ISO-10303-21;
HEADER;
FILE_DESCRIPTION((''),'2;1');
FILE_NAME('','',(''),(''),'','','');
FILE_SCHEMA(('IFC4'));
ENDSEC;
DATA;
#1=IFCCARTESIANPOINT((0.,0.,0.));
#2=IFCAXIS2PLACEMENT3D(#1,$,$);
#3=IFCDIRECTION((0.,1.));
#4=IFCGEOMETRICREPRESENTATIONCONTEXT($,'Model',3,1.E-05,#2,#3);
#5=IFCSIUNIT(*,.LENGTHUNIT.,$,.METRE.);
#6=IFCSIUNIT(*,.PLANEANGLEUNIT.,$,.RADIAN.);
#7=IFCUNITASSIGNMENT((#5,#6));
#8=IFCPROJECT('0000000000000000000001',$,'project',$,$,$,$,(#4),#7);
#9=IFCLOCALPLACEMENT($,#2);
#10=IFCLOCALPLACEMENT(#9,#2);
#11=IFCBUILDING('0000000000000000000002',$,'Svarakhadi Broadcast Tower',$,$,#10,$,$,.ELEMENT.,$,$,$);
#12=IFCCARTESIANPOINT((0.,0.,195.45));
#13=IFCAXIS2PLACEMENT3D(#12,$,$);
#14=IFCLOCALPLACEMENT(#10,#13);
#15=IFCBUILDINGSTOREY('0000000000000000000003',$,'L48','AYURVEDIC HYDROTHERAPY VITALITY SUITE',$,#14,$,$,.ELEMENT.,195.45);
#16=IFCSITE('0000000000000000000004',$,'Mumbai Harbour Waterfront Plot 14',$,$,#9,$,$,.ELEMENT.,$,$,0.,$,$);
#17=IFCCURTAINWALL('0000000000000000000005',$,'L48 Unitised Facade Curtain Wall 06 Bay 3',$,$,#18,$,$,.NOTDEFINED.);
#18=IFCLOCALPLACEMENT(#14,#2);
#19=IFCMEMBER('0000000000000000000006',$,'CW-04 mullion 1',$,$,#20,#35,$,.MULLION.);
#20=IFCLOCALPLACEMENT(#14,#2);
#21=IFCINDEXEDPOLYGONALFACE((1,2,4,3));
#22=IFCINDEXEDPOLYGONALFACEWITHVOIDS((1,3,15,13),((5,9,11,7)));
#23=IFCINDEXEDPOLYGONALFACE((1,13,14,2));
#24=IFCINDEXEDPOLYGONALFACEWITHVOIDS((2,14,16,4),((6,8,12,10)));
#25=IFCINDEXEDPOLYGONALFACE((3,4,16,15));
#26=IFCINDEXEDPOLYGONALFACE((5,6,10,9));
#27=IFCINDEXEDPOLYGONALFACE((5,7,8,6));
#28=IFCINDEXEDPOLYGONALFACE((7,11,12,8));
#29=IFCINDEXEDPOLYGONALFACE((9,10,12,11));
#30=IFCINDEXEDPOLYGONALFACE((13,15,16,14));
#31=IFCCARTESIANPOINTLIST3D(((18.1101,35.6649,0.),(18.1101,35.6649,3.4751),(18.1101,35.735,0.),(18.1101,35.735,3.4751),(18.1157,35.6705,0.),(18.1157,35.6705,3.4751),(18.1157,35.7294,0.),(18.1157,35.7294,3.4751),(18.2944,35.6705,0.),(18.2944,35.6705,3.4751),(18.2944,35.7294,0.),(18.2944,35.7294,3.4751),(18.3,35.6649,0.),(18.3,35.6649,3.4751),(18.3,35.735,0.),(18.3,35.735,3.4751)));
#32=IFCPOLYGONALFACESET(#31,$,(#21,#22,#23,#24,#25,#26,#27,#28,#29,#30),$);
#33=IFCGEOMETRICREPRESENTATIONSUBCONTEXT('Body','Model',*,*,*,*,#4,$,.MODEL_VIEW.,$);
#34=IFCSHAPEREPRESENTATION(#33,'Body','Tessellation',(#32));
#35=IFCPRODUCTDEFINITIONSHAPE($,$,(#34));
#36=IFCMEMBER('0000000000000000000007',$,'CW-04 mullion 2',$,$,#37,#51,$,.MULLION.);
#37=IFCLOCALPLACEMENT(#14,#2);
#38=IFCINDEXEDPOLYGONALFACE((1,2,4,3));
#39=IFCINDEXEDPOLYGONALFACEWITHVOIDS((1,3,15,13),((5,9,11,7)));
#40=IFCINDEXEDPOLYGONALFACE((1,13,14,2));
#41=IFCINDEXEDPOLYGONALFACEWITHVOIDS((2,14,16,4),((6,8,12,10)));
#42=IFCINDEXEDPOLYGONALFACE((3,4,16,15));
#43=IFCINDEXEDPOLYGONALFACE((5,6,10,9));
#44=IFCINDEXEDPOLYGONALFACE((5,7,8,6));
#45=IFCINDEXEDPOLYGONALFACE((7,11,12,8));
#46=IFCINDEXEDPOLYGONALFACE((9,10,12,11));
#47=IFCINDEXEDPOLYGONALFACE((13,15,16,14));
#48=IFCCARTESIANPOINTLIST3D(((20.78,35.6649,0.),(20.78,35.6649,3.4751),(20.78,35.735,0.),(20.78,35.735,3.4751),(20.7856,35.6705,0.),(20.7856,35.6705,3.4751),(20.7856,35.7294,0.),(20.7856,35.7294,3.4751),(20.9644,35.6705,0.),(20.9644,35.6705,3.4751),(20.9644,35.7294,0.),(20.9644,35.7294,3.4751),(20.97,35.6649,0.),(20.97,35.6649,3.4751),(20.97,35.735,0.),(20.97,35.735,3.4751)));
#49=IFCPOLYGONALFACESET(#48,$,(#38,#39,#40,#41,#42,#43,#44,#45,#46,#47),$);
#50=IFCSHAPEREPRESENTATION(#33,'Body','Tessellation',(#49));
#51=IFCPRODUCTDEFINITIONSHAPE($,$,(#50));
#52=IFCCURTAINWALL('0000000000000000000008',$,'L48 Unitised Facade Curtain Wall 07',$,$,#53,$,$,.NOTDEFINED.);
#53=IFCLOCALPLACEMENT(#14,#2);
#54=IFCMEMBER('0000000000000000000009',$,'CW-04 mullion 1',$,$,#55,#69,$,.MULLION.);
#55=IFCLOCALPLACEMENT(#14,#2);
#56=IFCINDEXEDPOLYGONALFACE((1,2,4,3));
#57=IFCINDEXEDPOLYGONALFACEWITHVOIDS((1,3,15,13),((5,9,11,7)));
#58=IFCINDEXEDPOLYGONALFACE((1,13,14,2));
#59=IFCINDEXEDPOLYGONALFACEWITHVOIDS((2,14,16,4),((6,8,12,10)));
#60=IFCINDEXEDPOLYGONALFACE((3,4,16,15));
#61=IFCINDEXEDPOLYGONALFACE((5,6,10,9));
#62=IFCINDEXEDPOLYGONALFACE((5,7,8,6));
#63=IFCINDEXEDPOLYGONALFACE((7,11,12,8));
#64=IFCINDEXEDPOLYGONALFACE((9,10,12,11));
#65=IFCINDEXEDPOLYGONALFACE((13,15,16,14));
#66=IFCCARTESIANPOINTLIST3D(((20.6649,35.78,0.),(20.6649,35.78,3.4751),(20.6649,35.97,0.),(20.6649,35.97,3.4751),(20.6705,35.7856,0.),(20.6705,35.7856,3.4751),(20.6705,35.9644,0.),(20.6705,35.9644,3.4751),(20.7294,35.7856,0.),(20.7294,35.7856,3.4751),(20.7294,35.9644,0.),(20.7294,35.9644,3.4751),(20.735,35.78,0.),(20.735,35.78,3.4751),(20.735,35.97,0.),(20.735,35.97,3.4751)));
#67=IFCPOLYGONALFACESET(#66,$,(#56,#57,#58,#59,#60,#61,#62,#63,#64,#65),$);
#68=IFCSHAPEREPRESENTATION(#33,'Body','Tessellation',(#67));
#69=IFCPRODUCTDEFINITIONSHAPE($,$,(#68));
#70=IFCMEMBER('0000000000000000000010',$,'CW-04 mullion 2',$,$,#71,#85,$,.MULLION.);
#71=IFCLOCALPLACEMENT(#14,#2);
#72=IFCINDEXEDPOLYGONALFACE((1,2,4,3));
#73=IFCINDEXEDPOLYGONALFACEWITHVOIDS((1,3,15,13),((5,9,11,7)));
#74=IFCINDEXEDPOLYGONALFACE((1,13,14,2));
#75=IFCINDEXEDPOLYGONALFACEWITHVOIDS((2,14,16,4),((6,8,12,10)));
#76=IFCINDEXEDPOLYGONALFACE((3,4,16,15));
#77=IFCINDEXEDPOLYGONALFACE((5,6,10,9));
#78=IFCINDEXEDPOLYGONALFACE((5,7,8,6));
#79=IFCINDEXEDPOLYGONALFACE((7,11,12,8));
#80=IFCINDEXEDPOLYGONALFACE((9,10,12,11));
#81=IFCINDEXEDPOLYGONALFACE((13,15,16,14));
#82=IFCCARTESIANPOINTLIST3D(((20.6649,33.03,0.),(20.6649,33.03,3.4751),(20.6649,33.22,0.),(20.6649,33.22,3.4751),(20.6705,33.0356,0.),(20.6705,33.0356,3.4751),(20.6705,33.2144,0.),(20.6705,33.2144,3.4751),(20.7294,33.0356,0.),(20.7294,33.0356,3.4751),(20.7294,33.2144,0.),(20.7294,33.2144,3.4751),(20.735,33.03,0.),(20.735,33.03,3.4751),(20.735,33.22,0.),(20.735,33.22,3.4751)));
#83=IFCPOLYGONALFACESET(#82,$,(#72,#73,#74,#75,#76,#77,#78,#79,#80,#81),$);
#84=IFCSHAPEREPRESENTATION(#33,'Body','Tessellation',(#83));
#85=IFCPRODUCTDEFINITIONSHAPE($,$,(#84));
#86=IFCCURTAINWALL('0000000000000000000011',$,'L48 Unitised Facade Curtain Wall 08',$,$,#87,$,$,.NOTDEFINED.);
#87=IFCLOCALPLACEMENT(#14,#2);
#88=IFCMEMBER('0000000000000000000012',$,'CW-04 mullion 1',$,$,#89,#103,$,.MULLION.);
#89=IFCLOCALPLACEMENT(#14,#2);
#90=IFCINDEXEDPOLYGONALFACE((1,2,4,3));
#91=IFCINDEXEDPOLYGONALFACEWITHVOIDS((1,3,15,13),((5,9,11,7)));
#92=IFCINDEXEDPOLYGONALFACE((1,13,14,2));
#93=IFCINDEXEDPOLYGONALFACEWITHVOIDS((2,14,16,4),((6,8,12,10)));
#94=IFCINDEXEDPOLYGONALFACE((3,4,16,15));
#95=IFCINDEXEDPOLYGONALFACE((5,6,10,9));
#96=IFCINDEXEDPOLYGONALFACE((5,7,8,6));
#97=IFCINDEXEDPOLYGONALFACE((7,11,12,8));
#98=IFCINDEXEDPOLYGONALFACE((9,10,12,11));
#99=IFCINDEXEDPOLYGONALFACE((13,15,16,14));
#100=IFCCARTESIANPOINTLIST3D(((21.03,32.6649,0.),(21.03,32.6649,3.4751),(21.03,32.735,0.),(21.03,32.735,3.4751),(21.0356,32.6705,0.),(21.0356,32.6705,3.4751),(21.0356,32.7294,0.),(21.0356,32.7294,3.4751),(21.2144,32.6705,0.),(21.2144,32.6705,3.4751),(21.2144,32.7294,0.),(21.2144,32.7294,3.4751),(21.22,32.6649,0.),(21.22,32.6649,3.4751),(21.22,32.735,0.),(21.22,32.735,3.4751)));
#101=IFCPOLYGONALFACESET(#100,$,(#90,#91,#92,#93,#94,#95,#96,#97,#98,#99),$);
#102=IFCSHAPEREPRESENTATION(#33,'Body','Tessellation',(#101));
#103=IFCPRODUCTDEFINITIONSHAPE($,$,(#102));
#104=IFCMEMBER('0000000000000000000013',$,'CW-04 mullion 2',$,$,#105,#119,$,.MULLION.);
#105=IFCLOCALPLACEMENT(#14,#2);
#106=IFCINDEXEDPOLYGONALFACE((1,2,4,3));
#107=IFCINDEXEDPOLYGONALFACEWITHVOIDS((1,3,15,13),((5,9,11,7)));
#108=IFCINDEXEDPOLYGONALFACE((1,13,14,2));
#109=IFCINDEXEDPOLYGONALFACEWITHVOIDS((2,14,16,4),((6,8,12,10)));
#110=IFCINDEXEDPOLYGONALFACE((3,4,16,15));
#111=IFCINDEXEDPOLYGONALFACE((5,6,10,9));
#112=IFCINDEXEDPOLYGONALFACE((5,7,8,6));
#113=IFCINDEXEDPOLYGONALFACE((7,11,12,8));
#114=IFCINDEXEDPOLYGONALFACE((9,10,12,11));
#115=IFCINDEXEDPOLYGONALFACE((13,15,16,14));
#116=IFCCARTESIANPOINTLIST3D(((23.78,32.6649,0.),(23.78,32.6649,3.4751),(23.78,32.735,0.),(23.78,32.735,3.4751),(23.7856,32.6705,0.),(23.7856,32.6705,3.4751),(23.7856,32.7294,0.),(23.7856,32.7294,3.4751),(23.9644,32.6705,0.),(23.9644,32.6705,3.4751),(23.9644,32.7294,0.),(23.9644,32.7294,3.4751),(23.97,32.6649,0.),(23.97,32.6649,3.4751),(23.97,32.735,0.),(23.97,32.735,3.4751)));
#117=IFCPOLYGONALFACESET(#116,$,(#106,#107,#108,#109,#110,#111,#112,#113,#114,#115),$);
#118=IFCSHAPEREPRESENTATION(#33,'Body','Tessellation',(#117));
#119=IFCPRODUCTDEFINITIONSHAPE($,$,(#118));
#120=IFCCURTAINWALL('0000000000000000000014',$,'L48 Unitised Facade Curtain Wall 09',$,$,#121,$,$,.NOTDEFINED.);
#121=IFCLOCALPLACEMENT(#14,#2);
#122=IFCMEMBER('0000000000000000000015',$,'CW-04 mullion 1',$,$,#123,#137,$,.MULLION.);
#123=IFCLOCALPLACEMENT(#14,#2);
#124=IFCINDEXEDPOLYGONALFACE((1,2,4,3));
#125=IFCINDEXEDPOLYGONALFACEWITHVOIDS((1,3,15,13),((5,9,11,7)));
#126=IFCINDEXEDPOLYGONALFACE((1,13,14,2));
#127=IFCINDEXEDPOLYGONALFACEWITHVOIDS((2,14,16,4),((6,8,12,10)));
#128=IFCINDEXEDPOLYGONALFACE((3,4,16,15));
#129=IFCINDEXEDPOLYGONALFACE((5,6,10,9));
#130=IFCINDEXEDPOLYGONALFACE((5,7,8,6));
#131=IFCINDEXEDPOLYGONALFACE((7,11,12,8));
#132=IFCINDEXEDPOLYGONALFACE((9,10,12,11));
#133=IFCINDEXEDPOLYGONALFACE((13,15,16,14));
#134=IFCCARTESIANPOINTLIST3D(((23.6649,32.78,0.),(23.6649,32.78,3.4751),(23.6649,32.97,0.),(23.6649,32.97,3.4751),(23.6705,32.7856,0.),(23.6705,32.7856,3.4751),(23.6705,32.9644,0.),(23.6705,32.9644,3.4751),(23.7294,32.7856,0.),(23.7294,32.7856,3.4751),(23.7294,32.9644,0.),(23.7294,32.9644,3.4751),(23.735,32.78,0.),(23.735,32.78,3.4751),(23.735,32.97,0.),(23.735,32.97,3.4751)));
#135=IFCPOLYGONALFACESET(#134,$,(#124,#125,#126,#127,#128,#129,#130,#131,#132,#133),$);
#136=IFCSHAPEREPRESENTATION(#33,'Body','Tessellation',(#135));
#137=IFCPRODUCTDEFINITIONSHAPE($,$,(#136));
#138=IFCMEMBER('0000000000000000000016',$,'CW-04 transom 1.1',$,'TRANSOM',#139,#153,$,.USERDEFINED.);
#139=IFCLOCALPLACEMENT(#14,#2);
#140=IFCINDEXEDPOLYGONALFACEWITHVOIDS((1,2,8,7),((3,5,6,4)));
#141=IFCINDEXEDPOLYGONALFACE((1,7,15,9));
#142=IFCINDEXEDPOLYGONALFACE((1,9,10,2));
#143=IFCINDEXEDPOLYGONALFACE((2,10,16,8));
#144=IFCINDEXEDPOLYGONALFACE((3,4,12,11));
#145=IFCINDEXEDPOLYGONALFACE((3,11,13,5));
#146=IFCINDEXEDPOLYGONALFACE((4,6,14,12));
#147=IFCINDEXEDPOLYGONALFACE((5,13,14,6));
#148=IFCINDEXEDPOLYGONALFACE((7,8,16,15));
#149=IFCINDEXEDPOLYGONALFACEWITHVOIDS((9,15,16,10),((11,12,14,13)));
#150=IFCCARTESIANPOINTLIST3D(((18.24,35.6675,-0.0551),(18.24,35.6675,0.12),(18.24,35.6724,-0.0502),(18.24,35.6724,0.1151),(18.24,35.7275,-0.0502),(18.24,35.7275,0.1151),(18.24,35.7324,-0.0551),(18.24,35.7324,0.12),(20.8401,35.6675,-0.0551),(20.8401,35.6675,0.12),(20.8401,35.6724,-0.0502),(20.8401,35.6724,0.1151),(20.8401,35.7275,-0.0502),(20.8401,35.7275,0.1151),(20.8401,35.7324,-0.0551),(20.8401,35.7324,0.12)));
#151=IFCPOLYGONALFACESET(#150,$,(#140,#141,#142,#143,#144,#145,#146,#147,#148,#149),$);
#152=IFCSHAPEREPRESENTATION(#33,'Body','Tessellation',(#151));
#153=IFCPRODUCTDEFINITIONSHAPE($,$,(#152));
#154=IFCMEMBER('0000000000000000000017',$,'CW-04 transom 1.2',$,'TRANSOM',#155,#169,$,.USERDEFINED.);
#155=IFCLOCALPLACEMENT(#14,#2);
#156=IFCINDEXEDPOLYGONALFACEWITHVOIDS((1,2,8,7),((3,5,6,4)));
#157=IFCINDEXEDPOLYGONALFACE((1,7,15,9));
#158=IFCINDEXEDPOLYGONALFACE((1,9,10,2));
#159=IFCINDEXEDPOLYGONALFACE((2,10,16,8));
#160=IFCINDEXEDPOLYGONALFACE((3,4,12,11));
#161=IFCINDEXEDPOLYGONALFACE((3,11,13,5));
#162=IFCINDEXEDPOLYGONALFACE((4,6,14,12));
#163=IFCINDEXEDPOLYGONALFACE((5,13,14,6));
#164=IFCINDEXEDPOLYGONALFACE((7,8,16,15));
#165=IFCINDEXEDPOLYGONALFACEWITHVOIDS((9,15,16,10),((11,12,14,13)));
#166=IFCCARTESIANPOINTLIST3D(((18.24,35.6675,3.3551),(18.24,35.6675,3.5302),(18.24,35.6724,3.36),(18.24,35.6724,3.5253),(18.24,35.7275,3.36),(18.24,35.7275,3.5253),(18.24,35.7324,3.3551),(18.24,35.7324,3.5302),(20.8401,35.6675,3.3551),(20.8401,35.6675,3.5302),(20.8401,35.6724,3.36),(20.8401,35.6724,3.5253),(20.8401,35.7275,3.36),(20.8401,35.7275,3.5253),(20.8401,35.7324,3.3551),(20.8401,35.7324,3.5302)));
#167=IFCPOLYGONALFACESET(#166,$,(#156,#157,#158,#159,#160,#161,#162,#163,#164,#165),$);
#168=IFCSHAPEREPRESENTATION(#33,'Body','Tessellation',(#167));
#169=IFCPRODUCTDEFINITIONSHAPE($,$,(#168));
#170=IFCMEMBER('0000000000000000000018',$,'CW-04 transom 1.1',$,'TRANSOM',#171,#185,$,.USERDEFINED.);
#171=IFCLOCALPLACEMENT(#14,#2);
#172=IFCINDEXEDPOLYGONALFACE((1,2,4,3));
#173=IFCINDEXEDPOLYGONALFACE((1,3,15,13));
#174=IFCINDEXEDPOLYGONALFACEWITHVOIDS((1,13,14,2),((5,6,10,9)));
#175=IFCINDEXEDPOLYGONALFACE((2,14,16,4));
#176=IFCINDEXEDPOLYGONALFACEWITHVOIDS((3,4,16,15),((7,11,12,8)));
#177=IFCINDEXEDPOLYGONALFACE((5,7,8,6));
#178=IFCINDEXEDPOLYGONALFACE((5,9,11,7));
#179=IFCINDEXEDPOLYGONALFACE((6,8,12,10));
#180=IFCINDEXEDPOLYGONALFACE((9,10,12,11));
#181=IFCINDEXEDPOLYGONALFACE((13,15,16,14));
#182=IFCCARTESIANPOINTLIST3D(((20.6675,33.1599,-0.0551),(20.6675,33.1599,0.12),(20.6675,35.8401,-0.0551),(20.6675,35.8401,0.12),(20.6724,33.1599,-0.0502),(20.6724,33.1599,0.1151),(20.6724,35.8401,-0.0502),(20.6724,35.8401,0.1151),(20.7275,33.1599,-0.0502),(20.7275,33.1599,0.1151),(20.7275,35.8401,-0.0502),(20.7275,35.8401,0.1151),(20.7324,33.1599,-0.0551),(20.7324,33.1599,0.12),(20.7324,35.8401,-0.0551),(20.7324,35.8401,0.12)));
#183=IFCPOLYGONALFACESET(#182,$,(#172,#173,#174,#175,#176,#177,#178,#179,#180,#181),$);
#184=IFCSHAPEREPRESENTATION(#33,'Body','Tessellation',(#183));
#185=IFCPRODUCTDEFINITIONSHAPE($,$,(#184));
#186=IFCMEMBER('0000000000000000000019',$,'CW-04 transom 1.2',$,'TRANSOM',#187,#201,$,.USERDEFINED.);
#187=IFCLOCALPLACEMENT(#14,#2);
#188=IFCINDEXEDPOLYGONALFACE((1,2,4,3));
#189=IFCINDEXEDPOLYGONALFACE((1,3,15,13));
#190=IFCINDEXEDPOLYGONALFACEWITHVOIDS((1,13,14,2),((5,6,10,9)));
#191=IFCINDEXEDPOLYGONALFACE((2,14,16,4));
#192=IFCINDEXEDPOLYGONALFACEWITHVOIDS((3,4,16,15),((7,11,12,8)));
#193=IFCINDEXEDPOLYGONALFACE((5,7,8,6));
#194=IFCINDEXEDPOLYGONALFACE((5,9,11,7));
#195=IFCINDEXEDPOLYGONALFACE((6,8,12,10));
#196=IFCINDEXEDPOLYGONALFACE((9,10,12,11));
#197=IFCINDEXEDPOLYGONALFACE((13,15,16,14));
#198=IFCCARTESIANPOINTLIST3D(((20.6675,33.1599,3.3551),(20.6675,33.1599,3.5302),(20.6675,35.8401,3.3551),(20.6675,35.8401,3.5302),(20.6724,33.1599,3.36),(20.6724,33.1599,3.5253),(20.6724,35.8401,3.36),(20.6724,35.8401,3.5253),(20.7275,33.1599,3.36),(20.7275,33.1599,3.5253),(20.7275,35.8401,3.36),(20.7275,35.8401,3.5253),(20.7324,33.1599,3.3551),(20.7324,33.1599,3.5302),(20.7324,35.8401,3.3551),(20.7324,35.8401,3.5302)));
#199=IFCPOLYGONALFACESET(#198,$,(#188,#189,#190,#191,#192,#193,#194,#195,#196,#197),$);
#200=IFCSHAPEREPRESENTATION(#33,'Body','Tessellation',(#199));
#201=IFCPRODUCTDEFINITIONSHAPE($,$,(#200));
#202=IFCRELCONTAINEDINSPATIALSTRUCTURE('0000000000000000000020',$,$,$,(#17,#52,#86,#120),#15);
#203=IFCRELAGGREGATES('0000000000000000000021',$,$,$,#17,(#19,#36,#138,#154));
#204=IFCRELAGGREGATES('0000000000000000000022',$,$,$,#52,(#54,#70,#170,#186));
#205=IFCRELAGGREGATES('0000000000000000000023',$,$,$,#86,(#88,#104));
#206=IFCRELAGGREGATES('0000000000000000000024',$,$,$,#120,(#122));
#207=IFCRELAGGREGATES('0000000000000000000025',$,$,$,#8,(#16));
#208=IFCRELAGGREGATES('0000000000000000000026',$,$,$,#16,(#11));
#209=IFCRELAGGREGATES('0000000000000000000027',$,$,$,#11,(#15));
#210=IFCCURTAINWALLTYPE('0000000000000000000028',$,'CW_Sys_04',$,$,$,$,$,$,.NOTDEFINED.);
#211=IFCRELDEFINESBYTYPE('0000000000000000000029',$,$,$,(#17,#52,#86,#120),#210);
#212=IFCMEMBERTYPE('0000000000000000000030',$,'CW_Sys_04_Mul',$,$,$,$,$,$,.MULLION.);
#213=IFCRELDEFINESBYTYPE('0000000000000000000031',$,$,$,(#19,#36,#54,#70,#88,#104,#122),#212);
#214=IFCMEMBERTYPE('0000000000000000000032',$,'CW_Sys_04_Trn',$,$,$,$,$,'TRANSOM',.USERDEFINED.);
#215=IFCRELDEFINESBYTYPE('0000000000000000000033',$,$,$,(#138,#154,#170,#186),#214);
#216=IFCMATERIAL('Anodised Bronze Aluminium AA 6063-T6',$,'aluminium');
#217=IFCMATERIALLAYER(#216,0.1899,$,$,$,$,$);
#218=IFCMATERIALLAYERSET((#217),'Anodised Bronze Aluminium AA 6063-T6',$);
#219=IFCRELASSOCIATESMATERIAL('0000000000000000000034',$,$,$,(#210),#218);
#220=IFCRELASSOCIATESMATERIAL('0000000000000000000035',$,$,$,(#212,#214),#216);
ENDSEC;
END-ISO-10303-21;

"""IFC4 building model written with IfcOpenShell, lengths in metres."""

from ifc_helpers import new_model, si_unit, direction, frame, origin, origin_2d, place, context, subcontext, project, spatial, hollow_rectangle, extrude, material, layer, layer_set, material_profile, profile_set, type_object, element, aggregate, save


model = new_model("IFC4")

# Units and contexts
model_context = context("Model", 3, precision=1e-05, world=origin(), true_north=direction((0.0, 1.0)))
body_context = subcontext(model_context, "Body", "Model", "MODEL_VIEW")
ifc_project = project(units=[si_unit("LENGTHUNIT", "METRE"), si_unit("PLANEANGLEUNIT", "RADIAN")], contexts=[model_context])

# Site, building, storey
site_placement = place(None, origin())
site = spatial("IfcSite", under=ifc_project, at=site_placement, Name="Mumbai Harbour Waterfront Plot 14", CompositionType="ELEMENT", RefElevation=0.0)
building_placement = place(site_placement, origin())
building = spatial("IfcBuilding", under=site, at=building_placement, Name="Svarakhadi Broadcast Tower", CompositionType="ELEMENT")
storey_placement = place(building_placement, frame((0.0, 0.0, 195.45)))
storey = spatial("IfcBuildingStorey", under=building, at=storey_placement, Name="L48", Description="AYURVEDIC HYDROTHERAPY VITALITY SUITE", CompositionType="ELEMENT", Elevation=195.45)

# Curtain walls, members
ifc_material_1 = material(Name="Anodised Bronze Aluminium AA 6063-T6", Category="aluminium")
ifc_layer_1 = layer(ifc_material_1, 0.1899)
ifc_layer_set_1 = layer_set([ifc_layer_1], Name="Anodised Bronze Aluminium AA 6063-T6")
curtain_wall_type = type_object("IfcCurtainWallType", Name="CW_Sys_04", PredefinedType="NOTDEFINED", material=ifc_layer_set_1)
curtain_wall_1_placement = place(storey_placement, origin())
curtain_wall_1 = element("IfcCurtainWall", 1, at=curtain_wall_1_placement, inside=storey, type_object=curtain_wall_type, Name="L48 Unitised Facade Curtain Wall 06 Bay 3", PredefinedType="NOTDEFINED")
ifc_material_profile_1 = material_profile(ifc_material_1, hollow_rectangle(XDim=0.0701, YDim=0.1899, WallThickness=0.0056, at=origin_2d()), Name="ALU MULLION 190x70x6")
ifc_profile_set_1 = profile_set([ifc_material_profile_1], Name="Anodised Bronze Aluminium AA 6063-T6")
member_type_1 = type_object("IfcMemberType", Name="CW_Sys_04_Mul", PredefinedType="MULLION", material=ifc_profile_set_1)
member_1_placement = place(storey_placement, frame((18.2051, 35.7, 0.0), z_axis=(0.0, 0.0, 1.0), x_axis=(0.0, 1.0, 0.0)))
member_1 = element("IfcMember", 2, at=member_1_placement, type_object=member_type_1, Name="CW-04 mullion 1", PredefinedType="MULLION", context=body_context, shape_type="SweptSolid", body=[
    extrude(hollow_rectangle(XDim=0.0701, YDim=0.1899, WallThickness=0.0056, at=origin_2d()), origin(), (0.0, 0.0, 1.0), 3.4751),
])
member_2_placement = place(storey_placement, frame((20.875, 35.7, 0.0), z_axis=(0.0, 0.0, 1.0), x_axis=(0.0, 1.0, 0.0)))
member_2 = element("IfcMember", 3, at=member_2_placement, type_object=member_type_1, Name="CW-04 mullion 2", PredefinedType="MULLION", context=body_context, shape_type="SweptSolid", body=[
    extrude(hollow_rectangle(XDim=0.0701, YDim=0.1899, WallThickness=0.0056, at=origin_2d()), origin(), (0.0, 0.0, 1.0), 3.4751),
])
curtain_wall_2_placement = place(storey_placement, origin())
curtain_wall_2 = element("IfcCurtainWall", 4, at=curtain_wall_2_placement, inside=storey, type_object=curtain_wall_type, Name="L48 Unitised Facade Curtain Wall 07", PredefinedType="NOTDEFINED")
member_3_placement = place(storey_placement, frame((20.7, 35.875, 0.0), z_axis=(0.0, 0.0, 1.0), x_axis=(1.0, 0.0, 0.0)))
member_3 = element("IfcMember", 5, at=member_3_placement, type_object=member_type_1, Name="CW-04 mullion 1", PredefinedType="MULLION", context=body_context, shape_type="SweptSolid", body=[
    extrude(hollow_rectangle(XDim=0.0701, YDim=0.1899, WallThickness=0.0056, at=origin_2d()), origin(), (0.0, 0.0, 1.0), 3.4751),
])
member_4_placement = place(storey_placement, frame((20.7, 33.125, 0.0), z_axis=(0.0, 0.0, 1.0), x_axis=(1.0, 0.0, 0.0)))
member_4 = element("IfcMember", 6, at=member_4_placement, type_object=member_type_1, Name="CW-04 mullion 2", PredefinedType="MULLION", context=body_context, shape_type="SweptSolid", body=[
    extrude(hollow_rectangle(XDim=0.0701, YDim=0.1899, WallThickness=0.0056, at=origin_2d()), origin(), (0.0, 0.0, 1.0), 3.4751),
])
curtain_wall_3_placement = place(storey_placement, origin())
curtain_wall_3 = element("IfcCurtainWall", 7, at=curtain_wall_3_placement, inside=storey, type_object=curtain_wall_type, Name="L48 Unitised Facade Curtain Wall 08", PredefinedType="NOTDEFINED")
member_5_placement = place(storey_placement, frame((21.125, 32.7, 0.0), z_axis=(0.0, 0.0, 1.0), x_axis=(0.0, 1.0, 0.0)))
member_5 = element("IfcMember", 8, at=member_5_placement, type_object=member_type_1, Name="CW-04 mullion 1", PredefinedType="MULLION", context=body_context, shape_type="SweptSolid", body=[
    extrude(hollow_rectangle(XDim=0.0701, YDim=0.1899, WallThickness=0.0056, at=origin_2d()), origin(), (0.0, 0.0, 1.0), 3.4751),
])
member_6_placement = place(storey_placement, frame((23.875, 32.7, 0.0), z_axis=(0.0, 0.0, 1.0), x_axis=(0.0, 1.0, 0.0)))
member_6 = element("IfcMember", 9, at=member_6_placement, type_object=member_type_1, Name="CW-04 mullion 2", PredefinedType="MULLION", context=body_context, shape_type="SweptSolid", body=[
    extrude(hollow_rectangle(XDim=0.0701, YDim=0.1899, WallThickness=0.0056, at=origin_2d()), origin(), (0.0, 0.0, 1.0), 3.4751),
])

# Curtain wall, member
curtain_wall_4_placement = place(storey_placement, origin())
curtain_wall_4 = element("IfcCurtainWall", 10, at=curtain_wall_4_placement, inside=storey, type_object=curtain_wall_type, Name="L48 Unitised Facade Curtain Wall 09", PredefinedType="NOTDEFINED")
member_7_placement = place(storey_placement, frame((23.7, 32.875, 0.0), z_axis=(0.0, 0.0, 1.0), x_axis=(1.0, 0.0, 0.0)))
member_7 = element("IfcMember", 11, at=member_7_placement, type_object=member_type_1, Name="CW-04 mullion 1", PredefinedType="MULLION", context=body_context, shape_type="SweptSolid", body=[
    extrude(hollow_rectangle(XDim=0.0701, YDim=0.1899, WallThickness=0.0056, at=origin_2d()), origin(), (0.0, 0.0, 1.0), 3.4751),
])

# Members
ifc_material_profile_2 = material_profile(ifc_material_1, hollow_rectangle(XDim=0.0649, YDim=0.175, WallThickness=0.0049, at=origin_2d()), Name="ALU TRANSOM 175x65x5")
ifc_profile_set_2 = profile_set([ifc_material_profile_2], Name="Anodised Bronze Aluminium AA 6063-T6")
member_type_2 = type_object("IfcMemberType", Name="CW_Sys_04_Trn", ElementType="TRANSOM", PredefinedType="USERDEFINED", material=ifc_profile_set_2)
member_8_placement = place(storey_placement, frame((18.24, 35.7, 0.0325), z_axis=(1.0, 0.0, 0.0), x_axis=(0.0, 1.0, 0.0)))
member_8 = element("IfcMember", 12, at=member_8_placement, type_object=member_type_2, Name="CW-04 transom 1.1", ObjectType="TRANSOM", PredefinedType="USERDEFINED", context=body_context, shape_type="SweptSolid", body=[
    extrude(hollow_rectangle(XDim=0.0649, YDim=0.175, WallThickness=0.0049, at=origin_2d()), origin(), (0.0, 0.0, 1.0), 2.6001),
])
member_9_placement = place(storey_placement, frame((18.24, 35.7, 3.4426), z_axis=(1.0, 0.0, 0.0), x_axis=(0.0, 1.0, 0.0)))
member_9 = element("IfcMember", 13, at=member_9_placement, type_object=member_type_2, Name="CW-04 transom 1.2", ObjectType="TRANSOM", PredefinedType="USERDEFINED", context=body_context, shape_type="SweptSolid", body=[
    extrude(hollow_rectangle(XDim=0.0649, YDim=0.175, WallThickness=0.0049, at=origin_2d()), origin(), (0.0, 0.0, 1.0), 2.6001),
])
member_10_placement = place(storey_placement, frame((20.7, 35.8401, 0.0325), z_axis=(0.0, -1.0, 0.0), x_axis=(1.0, 0.0, 0.0)))
member_10 = element("IfcMember", 14, at=member_10_placement, type_object=member_type_2, Name="CW-04 transom 1.1", ObjectType="TRANSOM", PredefinedType="USERDEFINED", context=body_context, shape_type="SweptSolid", body=[
    extrude(hollow_rectangle(XDim=0.0649, YDim=0.175, WallThickness=0.0049, at=origin_2d()), origin(), (0.0, 0.0, 1.0), 2.6802),
])
member_11_placement = place(storey_placement, frame((20.7, 35.8401, 3.4426), z_axis=(0.0, -1.0, 0.0), x_axis=(1.0, 0.0, 0.0)))
member_11 = element("IfcMember", 15, at=member_11_placement, type_object=member_type_2, Name="CW-04 transom 1.2", ObjectType="TRANSOM", PredefinedType="USERDEFINED", context=body_context, shape_type="SweptSolid", body=[
    extrude(hollow_rectangle(XDim=0.0649, YDim=0.175, WallThickness=0.0049, at=origin_2d()), origin(), (0.0, 0.0, 1.0), 2.6802),
])

aggregate(curtain_wall_1, [member_1, member_2, member_8, member_9])
aggregate(curtain_wall_2, [member_3, member_4, member_10, member_11])
aggregate(curtain_wall_3, [member_5, member_6])
aggregate(curtain_wall_4, [member_7])

save(model, "model.ifc")
